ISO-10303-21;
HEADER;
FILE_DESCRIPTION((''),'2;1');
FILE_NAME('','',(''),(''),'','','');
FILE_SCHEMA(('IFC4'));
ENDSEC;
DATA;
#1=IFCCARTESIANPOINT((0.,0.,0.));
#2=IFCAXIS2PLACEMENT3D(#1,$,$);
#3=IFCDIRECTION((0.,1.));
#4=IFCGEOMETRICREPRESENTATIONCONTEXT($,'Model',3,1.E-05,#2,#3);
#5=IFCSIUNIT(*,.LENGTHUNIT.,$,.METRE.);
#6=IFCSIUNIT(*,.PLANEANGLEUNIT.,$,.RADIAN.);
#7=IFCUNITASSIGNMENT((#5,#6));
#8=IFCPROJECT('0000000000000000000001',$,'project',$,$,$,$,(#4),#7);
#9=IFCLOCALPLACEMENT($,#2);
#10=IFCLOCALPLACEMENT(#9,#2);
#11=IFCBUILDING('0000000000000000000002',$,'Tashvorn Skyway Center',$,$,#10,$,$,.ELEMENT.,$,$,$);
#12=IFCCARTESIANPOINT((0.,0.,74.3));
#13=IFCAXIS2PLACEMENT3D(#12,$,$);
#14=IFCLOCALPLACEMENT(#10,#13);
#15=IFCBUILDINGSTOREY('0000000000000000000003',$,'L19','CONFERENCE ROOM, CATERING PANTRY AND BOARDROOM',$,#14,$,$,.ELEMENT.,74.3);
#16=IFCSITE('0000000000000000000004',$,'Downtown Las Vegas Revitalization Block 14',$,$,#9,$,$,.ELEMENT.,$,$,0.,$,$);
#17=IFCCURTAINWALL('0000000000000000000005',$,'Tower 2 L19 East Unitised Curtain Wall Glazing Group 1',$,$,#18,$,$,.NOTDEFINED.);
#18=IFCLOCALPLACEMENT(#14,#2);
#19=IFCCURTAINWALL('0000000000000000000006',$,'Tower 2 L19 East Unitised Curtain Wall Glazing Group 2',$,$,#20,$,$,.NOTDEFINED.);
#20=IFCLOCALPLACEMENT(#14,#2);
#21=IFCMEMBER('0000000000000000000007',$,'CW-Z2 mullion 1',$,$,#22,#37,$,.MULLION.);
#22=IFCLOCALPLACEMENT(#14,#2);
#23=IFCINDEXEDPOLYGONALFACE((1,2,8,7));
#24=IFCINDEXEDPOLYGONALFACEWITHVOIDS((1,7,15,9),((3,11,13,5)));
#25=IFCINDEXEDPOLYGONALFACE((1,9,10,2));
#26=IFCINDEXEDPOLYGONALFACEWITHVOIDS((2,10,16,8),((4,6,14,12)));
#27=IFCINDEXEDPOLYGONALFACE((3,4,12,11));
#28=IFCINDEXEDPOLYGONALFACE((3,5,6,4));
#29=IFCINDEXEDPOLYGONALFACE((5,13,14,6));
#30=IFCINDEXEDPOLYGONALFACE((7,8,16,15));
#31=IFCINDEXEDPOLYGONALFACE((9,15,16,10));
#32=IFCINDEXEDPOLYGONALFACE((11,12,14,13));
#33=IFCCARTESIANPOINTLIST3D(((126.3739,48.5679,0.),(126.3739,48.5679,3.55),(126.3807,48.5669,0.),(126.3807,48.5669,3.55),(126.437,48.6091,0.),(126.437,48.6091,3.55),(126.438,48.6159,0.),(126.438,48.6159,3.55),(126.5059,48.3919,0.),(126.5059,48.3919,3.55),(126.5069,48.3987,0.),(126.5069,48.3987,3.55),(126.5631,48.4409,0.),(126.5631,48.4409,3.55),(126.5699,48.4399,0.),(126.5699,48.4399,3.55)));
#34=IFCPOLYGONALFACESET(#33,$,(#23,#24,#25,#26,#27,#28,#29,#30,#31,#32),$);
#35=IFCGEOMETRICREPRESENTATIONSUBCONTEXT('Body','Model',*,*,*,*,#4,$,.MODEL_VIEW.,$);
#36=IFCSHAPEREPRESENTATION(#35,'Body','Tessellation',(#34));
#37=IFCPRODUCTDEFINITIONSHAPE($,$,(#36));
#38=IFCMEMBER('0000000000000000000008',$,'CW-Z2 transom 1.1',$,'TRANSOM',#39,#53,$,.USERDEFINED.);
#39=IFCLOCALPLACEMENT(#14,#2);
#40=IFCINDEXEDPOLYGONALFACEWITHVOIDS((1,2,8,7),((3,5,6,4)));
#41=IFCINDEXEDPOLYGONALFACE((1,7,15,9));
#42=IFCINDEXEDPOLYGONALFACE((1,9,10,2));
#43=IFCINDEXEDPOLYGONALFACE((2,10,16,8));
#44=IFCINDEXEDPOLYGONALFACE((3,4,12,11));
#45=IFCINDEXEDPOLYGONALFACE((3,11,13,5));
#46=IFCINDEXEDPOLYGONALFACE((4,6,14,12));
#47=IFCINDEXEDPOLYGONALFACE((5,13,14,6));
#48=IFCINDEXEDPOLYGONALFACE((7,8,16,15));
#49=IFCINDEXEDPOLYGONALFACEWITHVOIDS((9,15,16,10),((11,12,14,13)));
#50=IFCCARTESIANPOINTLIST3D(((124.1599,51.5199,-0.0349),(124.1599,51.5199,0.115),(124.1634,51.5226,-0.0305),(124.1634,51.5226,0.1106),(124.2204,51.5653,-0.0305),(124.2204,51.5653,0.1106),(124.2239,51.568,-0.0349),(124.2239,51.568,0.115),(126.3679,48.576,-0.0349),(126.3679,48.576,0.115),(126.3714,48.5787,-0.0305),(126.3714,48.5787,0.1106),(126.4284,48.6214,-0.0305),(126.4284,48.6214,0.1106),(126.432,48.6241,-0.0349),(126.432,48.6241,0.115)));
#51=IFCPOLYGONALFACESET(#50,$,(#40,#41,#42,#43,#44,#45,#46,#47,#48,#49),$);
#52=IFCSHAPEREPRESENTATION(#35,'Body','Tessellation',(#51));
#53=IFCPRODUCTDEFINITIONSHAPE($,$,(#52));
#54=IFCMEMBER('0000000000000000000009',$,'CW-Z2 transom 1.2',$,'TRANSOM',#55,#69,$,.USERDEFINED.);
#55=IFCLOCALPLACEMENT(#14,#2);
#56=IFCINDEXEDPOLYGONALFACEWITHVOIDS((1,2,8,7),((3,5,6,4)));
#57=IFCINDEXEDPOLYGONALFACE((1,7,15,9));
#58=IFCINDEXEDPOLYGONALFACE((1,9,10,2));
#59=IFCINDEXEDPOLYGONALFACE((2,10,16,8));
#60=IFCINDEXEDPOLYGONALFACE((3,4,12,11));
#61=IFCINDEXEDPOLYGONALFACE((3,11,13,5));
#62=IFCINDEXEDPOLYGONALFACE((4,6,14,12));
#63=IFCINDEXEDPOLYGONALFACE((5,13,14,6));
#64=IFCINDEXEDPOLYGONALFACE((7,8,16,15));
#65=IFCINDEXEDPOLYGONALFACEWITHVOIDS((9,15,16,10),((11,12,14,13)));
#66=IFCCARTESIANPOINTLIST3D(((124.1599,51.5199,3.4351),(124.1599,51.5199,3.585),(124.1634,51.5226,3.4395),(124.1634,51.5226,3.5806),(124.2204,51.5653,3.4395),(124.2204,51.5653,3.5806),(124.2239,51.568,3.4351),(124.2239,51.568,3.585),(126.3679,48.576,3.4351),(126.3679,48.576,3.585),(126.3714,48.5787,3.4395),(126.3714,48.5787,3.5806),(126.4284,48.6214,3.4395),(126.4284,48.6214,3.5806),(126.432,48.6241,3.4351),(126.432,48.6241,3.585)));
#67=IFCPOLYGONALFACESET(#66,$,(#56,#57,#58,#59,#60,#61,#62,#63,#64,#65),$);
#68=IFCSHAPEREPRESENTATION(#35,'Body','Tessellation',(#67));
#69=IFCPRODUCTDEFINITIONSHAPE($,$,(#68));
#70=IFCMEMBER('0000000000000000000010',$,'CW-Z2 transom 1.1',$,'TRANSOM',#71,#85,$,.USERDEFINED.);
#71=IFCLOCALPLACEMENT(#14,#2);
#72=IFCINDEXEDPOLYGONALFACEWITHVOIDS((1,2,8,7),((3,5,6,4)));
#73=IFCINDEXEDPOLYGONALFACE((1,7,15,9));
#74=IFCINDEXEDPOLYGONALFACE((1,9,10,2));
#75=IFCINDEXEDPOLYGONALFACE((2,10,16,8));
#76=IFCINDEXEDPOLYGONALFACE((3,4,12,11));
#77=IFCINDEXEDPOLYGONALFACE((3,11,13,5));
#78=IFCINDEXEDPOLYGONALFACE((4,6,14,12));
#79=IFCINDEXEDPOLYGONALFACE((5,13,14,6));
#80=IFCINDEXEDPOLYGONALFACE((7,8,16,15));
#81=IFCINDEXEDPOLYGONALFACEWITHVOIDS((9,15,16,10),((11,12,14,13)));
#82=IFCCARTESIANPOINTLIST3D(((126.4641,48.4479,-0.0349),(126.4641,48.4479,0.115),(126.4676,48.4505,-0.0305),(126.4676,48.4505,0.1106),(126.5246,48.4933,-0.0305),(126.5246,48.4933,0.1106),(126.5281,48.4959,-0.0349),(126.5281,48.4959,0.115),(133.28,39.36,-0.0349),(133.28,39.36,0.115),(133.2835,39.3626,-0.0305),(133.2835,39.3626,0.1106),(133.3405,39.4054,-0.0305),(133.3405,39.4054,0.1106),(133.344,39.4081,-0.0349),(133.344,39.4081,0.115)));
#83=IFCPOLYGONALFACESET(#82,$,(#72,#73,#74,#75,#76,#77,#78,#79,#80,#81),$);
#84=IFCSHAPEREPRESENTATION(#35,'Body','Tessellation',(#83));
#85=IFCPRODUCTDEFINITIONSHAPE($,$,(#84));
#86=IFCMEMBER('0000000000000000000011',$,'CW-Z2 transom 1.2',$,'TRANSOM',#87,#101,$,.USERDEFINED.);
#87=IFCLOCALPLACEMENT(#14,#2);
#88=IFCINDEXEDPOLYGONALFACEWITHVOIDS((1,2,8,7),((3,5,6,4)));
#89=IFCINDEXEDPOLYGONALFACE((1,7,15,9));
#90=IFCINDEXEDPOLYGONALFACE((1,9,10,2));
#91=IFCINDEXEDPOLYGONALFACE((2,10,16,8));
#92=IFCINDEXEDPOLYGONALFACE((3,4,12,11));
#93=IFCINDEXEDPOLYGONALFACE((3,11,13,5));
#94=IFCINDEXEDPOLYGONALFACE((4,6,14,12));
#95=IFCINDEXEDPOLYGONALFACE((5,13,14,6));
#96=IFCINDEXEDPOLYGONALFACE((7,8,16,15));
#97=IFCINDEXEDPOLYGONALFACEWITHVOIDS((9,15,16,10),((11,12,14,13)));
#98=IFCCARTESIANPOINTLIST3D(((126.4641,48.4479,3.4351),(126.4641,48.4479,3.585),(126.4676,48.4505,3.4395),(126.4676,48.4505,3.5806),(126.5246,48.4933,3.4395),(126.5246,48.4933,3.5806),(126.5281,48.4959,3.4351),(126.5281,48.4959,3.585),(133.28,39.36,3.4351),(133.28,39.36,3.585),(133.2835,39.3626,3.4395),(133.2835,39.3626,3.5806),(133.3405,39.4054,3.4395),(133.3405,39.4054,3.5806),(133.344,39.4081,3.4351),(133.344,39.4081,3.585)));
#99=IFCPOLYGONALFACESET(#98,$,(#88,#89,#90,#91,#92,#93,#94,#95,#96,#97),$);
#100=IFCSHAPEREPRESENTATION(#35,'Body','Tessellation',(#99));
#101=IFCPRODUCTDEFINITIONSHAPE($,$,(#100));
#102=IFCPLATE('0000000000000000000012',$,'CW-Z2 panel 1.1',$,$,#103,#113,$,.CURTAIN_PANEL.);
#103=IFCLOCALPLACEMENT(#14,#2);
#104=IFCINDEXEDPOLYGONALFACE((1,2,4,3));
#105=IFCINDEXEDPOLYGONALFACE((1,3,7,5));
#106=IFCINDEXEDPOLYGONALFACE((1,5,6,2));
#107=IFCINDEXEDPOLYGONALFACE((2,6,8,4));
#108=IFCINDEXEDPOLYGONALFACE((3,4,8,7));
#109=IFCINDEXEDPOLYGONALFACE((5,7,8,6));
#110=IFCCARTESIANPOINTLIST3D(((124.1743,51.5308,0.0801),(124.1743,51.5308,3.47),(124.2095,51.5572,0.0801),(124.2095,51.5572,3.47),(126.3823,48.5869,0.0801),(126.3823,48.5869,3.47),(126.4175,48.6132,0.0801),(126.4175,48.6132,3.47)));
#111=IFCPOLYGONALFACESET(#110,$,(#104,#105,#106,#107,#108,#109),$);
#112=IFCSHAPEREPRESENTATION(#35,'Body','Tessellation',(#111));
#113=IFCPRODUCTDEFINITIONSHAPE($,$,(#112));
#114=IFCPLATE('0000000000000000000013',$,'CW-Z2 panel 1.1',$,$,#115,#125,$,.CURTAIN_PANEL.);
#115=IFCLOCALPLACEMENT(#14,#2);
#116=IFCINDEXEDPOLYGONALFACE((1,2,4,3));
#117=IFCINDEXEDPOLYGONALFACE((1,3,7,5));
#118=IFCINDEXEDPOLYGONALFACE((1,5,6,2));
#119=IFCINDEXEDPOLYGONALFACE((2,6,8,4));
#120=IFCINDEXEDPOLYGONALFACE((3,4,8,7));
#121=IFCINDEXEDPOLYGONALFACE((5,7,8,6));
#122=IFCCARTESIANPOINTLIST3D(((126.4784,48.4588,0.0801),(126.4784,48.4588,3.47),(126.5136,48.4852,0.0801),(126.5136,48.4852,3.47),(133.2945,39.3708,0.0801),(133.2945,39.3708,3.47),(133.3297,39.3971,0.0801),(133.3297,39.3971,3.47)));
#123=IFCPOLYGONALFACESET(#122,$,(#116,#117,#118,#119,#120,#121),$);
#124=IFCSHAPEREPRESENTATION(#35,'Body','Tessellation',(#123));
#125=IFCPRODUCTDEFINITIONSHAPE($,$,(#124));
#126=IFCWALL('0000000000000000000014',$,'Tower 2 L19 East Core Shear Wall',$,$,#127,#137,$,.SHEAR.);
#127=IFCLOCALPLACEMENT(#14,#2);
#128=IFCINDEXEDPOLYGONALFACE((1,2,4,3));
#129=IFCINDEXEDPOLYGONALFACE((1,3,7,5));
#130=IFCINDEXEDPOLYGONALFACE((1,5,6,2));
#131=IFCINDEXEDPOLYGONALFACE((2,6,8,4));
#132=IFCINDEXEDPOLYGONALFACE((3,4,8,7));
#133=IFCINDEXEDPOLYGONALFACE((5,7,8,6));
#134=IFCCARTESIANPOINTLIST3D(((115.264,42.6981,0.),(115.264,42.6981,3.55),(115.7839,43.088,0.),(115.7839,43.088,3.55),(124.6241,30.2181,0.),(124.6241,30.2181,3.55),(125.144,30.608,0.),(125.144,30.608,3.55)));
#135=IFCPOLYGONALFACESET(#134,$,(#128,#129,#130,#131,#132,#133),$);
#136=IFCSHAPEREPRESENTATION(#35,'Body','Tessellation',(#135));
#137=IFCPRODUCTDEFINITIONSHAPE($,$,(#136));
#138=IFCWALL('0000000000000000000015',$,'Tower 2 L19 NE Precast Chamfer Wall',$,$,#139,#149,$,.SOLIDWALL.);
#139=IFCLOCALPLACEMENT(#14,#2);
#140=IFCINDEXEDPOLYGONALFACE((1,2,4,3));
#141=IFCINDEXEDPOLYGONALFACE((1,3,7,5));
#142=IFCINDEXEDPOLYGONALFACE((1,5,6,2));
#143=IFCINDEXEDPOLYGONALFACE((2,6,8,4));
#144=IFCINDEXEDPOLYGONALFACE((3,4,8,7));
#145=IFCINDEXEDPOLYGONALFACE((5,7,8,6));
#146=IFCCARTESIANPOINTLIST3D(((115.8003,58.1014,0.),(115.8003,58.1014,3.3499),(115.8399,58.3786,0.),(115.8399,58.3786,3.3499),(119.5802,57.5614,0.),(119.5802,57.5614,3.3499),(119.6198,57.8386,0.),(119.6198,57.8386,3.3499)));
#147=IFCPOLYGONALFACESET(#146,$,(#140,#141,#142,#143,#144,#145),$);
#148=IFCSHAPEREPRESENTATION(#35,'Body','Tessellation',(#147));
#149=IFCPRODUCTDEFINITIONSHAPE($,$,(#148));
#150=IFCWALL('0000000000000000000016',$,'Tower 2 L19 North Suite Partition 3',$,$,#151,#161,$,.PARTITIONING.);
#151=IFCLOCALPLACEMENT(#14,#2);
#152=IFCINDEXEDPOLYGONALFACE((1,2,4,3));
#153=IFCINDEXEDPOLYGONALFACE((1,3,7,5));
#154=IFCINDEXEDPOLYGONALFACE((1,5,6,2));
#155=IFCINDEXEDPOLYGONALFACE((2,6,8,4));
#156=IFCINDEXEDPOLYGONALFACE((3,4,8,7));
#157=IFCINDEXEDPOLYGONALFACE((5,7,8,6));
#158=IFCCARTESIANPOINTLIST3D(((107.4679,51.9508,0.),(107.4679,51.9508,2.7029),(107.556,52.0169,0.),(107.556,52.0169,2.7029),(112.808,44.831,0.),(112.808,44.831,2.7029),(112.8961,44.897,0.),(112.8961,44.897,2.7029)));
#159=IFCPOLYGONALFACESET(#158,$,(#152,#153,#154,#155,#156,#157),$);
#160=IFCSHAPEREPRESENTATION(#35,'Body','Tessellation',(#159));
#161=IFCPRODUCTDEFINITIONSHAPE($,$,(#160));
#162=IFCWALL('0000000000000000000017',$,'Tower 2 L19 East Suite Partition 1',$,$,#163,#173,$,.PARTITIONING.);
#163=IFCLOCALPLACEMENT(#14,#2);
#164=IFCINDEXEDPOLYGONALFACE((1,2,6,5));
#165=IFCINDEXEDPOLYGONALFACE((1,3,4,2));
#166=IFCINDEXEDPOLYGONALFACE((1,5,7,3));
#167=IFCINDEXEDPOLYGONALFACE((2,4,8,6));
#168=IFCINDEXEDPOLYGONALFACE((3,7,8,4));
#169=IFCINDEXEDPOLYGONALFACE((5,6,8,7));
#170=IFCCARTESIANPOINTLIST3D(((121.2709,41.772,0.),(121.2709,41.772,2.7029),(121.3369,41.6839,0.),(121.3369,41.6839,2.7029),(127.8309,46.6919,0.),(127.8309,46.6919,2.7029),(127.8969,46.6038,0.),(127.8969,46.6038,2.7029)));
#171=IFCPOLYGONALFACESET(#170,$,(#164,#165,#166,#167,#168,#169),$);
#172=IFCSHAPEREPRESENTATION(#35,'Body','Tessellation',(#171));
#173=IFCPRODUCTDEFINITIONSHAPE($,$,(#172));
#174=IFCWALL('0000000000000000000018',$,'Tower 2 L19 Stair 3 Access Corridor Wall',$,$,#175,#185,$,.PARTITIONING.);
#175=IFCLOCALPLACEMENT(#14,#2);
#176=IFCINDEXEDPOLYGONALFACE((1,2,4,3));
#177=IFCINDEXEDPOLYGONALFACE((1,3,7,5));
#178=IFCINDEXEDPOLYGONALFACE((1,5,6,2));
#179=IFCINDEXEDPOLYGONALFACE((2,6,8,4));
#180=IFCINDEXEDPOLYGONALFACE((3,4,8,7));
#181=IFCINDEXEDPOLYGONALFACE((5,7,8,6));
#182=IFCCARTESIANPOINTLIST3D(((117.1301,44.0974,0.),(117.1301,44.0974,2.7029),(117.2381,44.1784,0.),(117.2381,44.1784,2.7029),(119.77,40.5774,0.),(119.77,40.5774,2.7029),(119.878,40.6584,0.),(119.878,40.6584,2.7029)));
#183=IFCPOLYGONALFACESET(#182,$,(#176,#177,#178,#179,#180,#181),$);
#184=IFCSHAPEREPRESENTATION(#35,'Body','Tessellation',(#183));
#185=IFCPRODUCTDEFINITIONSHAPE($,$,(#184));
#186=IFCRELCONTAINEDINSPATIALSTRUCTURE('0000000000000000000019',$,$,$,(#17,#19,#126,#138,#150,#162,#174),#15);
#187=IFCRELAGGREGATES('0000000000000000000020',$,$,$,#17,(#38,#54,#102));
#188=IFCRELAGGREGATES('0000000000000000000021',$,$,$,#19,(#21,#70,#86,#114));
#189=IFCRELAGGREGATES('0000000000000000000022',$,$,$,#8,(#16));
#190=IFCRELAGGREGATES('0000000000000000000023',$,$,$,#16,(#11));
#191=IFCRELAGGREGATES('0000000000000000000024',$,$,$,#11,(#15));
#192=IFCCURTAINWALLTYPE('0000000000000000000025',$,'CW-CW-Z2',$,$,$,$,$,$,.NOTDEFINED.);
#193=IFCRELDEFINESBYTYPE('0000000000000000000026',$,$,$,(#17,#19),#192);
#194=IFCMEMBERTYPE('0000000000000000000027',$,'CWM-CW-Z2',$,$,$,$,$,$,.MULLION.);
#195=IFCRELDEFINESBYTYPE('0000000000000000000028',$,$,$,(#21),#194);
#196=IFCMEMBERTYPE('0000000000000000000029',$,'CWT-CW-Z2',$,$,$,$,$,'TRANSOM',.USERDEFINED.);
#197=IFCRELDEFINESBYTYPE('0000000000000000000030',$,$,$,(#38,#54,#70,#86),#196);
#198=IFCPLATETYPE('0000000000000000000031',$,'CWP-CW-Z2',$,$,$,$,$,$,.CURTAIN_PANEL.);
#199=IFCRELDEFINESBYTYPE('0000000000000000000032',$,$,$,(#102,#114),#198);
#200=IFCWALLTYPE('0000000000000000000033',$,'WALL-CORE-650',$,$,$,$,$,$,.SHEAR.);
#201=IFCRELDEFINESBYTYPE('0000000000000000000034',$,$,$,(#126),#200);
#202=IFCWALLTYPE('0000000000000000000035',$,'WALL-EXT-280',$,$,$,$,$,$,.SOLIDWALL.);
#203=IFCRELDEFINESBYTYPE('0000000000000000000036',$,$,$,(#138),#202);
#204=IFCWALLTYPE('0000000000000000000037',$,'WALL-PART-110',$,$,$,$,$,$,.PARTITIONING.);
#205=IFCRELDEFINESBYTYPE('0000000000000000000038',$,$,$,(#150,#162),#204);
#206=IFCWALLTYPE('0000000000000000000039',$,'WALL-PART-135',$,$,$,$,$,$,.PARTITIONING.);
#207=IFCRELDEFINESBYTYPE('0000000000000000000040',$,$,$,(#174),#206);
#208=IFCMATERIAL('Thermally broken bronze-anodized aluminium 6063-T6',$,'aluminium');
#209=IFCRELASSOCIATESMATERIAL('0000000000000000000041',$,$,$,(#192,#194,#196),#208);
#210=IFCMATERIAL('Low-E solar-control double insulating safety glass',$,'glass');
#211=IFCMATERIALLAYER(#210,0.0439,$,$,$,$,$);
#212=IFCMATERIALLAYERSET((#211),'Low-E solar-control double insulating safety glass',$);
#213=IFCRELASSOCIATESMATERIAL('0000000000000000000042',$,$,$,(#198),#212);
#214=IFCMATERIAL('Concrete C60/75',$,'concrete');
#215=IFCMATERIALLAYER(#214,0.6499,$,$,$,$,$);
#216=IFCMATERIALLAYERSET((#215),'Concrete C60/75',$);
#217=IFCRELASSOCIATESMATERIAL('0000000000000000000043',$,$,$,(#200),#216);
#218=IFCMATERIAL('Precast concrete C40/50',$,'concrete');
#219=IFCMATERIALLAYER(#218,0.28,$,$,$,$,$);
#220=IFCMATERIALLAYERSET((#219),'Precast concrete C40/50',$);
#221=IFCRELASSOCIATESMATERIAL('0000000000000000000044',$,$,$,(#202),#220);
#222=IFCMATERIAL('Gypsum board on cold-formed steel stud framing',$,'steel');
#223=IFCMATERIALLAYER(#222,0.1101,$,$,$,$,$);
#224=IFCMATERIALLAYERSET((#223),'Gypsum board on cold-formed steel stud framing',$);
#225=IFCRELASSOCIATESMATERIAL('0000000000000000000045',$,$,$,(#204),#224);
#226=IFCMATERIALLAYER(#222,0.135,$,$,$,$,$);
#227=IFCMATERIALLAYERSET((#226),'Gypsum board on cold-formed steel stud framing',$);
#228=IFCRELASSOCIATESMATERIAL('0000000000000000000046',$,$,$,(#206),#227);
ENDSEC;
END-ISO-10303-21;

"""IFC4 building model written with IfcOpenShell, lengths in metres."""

from ifc_helpers import new_model, si_unit, direction, frame, frame_2d, origin, origin_2d, place, context, subcontext, project, spatial, rectangle, hollow_rectangle, extrude, material, layer, layer_set, material_profile, profile_set, type_object, element, aggregate, save


model = new_model("IFC4")

# Units and contexts
model_context = context("Model", 3, precision=1e-05, world=origin(), true_north=direction((0.0, 1.0)))
body_context = subcontext(model_context, "Body", "Model", "MODEL_VIEW")
ifc_project = project(units=[si_unit("LENGTHUNIT", "METRE"), si_unit("PLANEANGLEUNIT", "RADIAN")], contexts=[model_context])

# Site, building, storey
site_placement = place(None, origin())
site = spatial("IfcSite", under=ifc_project, at=site_placement, Name="Downtown Las Vegas Revitalization Block 14", CompositionType="ELEMENT", RefElevation=0.0)
building_placement = place(site_placement, origin())
building = spatial("IfcBuilding", under=site, at=building_placement, Name="Tashvorn Skyway Center", CompositionType="ELEMENT")
storey_placement = place(building_placement, frame((0.0, 0.0, 74.3)))
storey = spatial("IfcBuildingStorey", under=building, at=storey_placement, Name="L19", Description="CONFERENCE ROOM, CATERING PANTRY AND BOARDROOM", CompositionType="ELEMENT", Elevation=74.3)

# Curtain wall
ifc_material_1 = material(Name="Thermally broken bronze-anodized aluminium 6063-T6", Category="aluminium")
curtain_wall_type = type_object("IfcCurtainWallType", Name="CW-CW-Z2", PredefinedType="NOTDEFINED", material=ifc_material_1)
curtain_wall_1_placement = place(storey_placement, origin())
curtain_wall_1 = element("IfcCurtainWall", 1, at=curtain_wall_1_placement, inside=storey, type_object=curtain_wall_type, Name="Tower 2 L19 East Unitised Curtain Wall Glazing Group 1", PredefinedType="NOTDEFINED")
ifc_material_profile_1 = material_profile(ifc_material_1, hollow_rectangle(XDim=0.0801, YDim=0.22, WallThickness=0.0049, at=origin_2d()), Name="ALU-MULL-80x220")
ifc_profile_set_1 = profile_set([ifc_material_profile_1], Name="Thermally broken bronze-anodized aluminium 6063-T6")
member_type_1 = type_object("IfcMemberType", Name="CWM-CW-Z2", PredefinedType="MULLION", material=ifc_profile_set_1)

# Curtain wall, member
curtain_wall_2_placement = place(storey_placement, origin())
curtain_wall_2 = element("IfcCurtainWall", 2, at=curtain_wall_2_placement, inside=storey, type_object=curtain_wall_type, Name="Tower 2 L19 East Unitised Curtain Wall Glazing Group 2", PredefinedType="NOTDEFINED")
member_1_placement = place(storey_placement, frame((126.4719, 48.5039, 0.0), z_axis=(0.0, 0.0, 1.0), x_axis=(0.8, 0.6, 0.0)))
member_1 = element("IfcMember", 3, at=member_1_placement, type_object=member_type_1, Name="CW-Z2 mullion 1", PredefinedType="MULLION", context=body_context, shape_type="SweptSolid", body=[
    extrude(hollow_rectangle(XDim=0.0801, YDim=0.22, WallThickness=0.0049, at=origin_2d()), origin(), (0.0, 0.0, 1.0), 3.55),
])

# Members
ifc_material_profile_2 = material_profile(ifc_material_1, hollow_rectangle(XDim=0.0801, YDim=0.1499, WallThickness=0.0044, at=origin_2d()), Name="ALU-TRAN-80x150")
ifc_profile_set_2 = profile_set([ifc_material_profile_2], Name="Thermally broken bronze-anodized aluminium 6063-T6")
member_type_2 = type_object("IfcMemberType", Name="CWT-CW-Z2", ElementType="TRANSOM", PredefinedType="USERDEFINED", material=ifc_profile_set_2)
member_2_placement = place(storey_placement, frame((124.1919, 51.5439, 0.04), z_axis=(0.600021, -0.799984, 0.0), x_axis=(0.799984, 0.600021, 0.0)))
member_2 = element("IfcMember", 4, at=member_2_placement, type_object=member_type_2, Name="CW-Z2 transom 1.1", ObjectType="TRANSOM", PredefinedType="USERDEFINED", context=body_context, shape_type="SweptSolid", body=[
    extrude(hollow_rectangle(XDim=0.0801, YDim=0.1499, WallThickness=0.0044, at=origin_2d()), origin(), (0.0, 0.0, 1.0), 3.6799),
])
member_3_placement = place(storey_placement, frame((124.1919, 51.5439, 3.51), z_axis=(0.600021, -0.799984, 0.0), x_axis=(0.799984, 0.600021, 0.0)))
member_3 = element("IfcMember", 5, at=member_3_placement, type_object=member_type_2, Name="CW-Z2 transom 1.2", ObjectType="TRANSOM", PredefinedType="USERDEFINED", context=body_context, shape_type="SweptSolid", body=[
    extrude(hollow_rectangle(XDim=0.0801, YDim=0.1499, WallThickness=0.0044, at=origin_2d()), origin(), (0.0, 0.0, 1.0), 3.6799),
])
member_4_placement = place(storey_placement, frame((126.4961, 48.4719, 0.04), z_axis=(0.6, -0.8, 0.0), x_axis=(0.8, 0.6, 0.0)))
member_4 = element("IfcMember", 6, at=member_4_placement, type_object=member_type_2, Name="CW-Z2 transom 1.1", ObjectType="TRANSOM", PredefinedType="USERDEFINED", context=body_context, shape_type="SweptSolid", body=[
    extrude(hollow_rectangle(XDim=0.0801, YDim=0.1499, WallThickness=0.0044, at=origin_2d()), origin(), (0.0, 0.0, 1.0), 11.3599),
])
member_5_placement = place(storey_placement, frame((126.4961, 48.4719, 3.51), z_axis=(0.6, -0.8, 0.0), x_axis=(0.8, 0.6, 0.0)))
member_5 = element("IfcMember", 7, at=member_5_placement, type_object=member_type_2, Name="CW-Z2 transom 1.2", ObjectType="TRANSOM", PredefinedType="USERDEFINED", context=body_context, shape_type="SweptSolid", body=[
    extrude(hollow_rectangle(XDim=0.0801, YDim=0.1499, WallThickness=0.0044, at=origin_2d()), origin(), (0.0, 0.0, 1.0), 11.3599),
])

# Plates
ifc_material_2 = material(Name="Low-E solar-control double insulating safety glass", Category="glass")
ifc_layer_1 = layer(ifc_material_2, 0.0439)
ifc_layer_set_1 = layer_set([ifc_layer_1], Name="Low-E solar-control double insulating safety glass")
plate_type = type_object("IfcPlateType", Name="CWP-CW-Z2", PredefinedType="CURTAIN_PANEL", material=ifc_layer_set_1)
plate_1_placement = place(storey_placement, frame((125.2959, 50.072, 0.0801), z_axis=(0.0, 0.0, 1.0), x_axis=(0.6, -0.8, 0.0)))
plate_1 = element("IfcPlate", 8, at=plate_1_placement, type_object=plate_type, Name="CW-Z2 panel 1.1", PredefinedType="CURTAIN_PANEL", context=body_context, shape_type="SweptSolid", body=[
    extrude(rectangle(XDim=3.6799, YDim=0.0439, at=origin_2d()), origin(), (0.0, 0.0, 1.0), 3.3899),
])
aggregate(curtain_wall_1, [member_2, member_3, plate_1])
plate_2_placement = place(storey_placement, frame((129.9041, 43.928, 0.0801), z_axis=(0.0, 0.0, 1.0), x_axis=(0.6, -0.8, 0.0)))
plate_2 = element("IfcPlate", 9, at=plate_2_placement, type_object=plate_type, Name="CW-Z2 panel 1.1", PredefinedType="CURTAIN_PANEL", context=body_context, shape_type="SweptSolid", body=[
    extrude(rectangle(XDim=11.3601, YDim=0.0439, at=origin_2d()), origin(), (0.0, 0.0, 1.0), 3.3899),
])
aggregate(curtain_wall_2, [member_1, member_4, member_5, plate_2])

# Walls
ifc_material_3 = material(Name="Concrete C60/75", Category="concrete")
ifc_layer_2 = layer(ifc_material_3, 0.6499)
ifc_layer_set_2 = layer_set([ifc_layer_2], Name="Concrete C60/75")
wall_type_1 = type_object("IfcWallType", Name="WALL-CORE-650", PredefinedType="SHEAR", material=ifc_layer_set_2)
wall_1_placement = place(storey_placement, frame((115.5239, 42.8931, 0.0), z_axis=(0.0, 0.0, 1.0), x_axis=(0.600005, -0.799996, 0.0)))
element("IfcWall", 10, at=wall_1_placement, inside=storey, type_object=wall_type_1, Name="Tower 2 L19 East Core Shear Wall", PredefinedType="SHEAR", context=body_context, shape_type="SweptSolid", body=[
    extrude(rectangle(XDim=15.6001, YDim=0.6499, at=frame_2d((7.8, 0.0))), origin(), (0.0, 0.0, 1.0), 3.55),
])
ifc_material_4 = material(Name="Precast concrete C40/50", Category="concrete")
ifc_layer_3 = layer(ifc_material_4, 0.28)
ifc_layer_set_3 = layer_set([ifc_layer_3], Name="Precast concrete C40/50")
wall_type_2 = type_object("IfcWallType", Name="WALL-EXT-280", PredefinedType="SOLIDWALL", material=ifc_layer_set_3)
wall_2_placement = place(storey_placement, frame((115.8201, 58.24, 0.0), z_axis=(0.0, 0.0, 1.0), x_axis=(0.989948, -0.14143, 0.0)))
element("IfcWall", 11, at=wall_2_placement, inside=storey, type_object=wall_type_2, Name="Tower 2 L19 NE Precast Chamfer Wall", PredefinedType="SOLIDWALL", context=body_context, shape_type="SweptSolid", body=[
    extrude(rectangle(XDim=3.8184, YDim=0.28, at=frame_2d((1.9092, 0.0))), origin(), (0.0, 0.0, 1.0), 3.3499),
])
ifc_material_5 = material(Name="Gypsum board on cold-formed steel stud framing", Category="steel")
ifc_layer_4 = layer(ifc_material_5, 0.1101)
ifc_layer_set_4 = layer_set([ifc_layer_4], Name="Gypsum board on cold-formed steel stud framing")
wall_type_3 = type_object("IfcWallType", Name="WALL-PART-110", PredefinedType="PARTITIONING", material=ifc_layer_set_4)
wall_3_placement = place(storey_placement, frame((112.8521, 44.864, 0.0), z_axis=(0.0, 0.0, 1.0), x_axis=(-0.600013, 0.79999, 0.0)))
element("IfcWall", 12, at=wall_3_placement, inside=storey, type_object=wall_type_3, Name="Tower 2 L19 North Suite Partition 3", PredefinedType="PARTITIONING", context=body_context, shape_type="SweptSolid", body=[
    extrude(rectangle(XDim=8.8999, YDim=0.1101, at=frame_2d((4.45, 0.0))), origin(), (0.0, 0.0, 1.0), 2.7029),
])
wall_4_placement = place(storey_placement, frame((127.864, 46.6479, 0.0), z_axis=(0.0, 0.0, 1.0), x_axis=(-0.800007, -0.59999, 0.0)))
element("IfcWall", 13, at=wall_4_placement, inside=storey, type_object=wall_type_3, Name="Tower 2 L19 East Suite Partition 1", PredefinedType="PARTITIONING", context=body_context, shape_type="SweptSolid", body=[
    extrude(rectangle(XDim=8.2, YDim=0.1101, at=frame_2d((4.1001, 0.0))), origin(), (0.0, 0.0, 1.0), 2.7029),
])
ifc_layer_5 = layer(ifc_material_5, 0.135)
ifc_layer_set_5 = layer_set([ifc_layer_5], Name="Gypsum board on cold-formed steel stud framing")
wall_type_4 = type_object("IfcWallType", Name="WALL-PART-135", PredefinedType="PARTITIONING", material=ifc_layer_set_5)
wall_5_placement = place(storey_placement, frame((119.824, 40.6179, 0.0), z_axis=(0.0, 0.0, 1.0), x_axis=(-0.599982, 0.800013, 0.0)))
element("IfcWall", 14, at=wall_5_placement, inside=storey, type_object=wall_type_4, Name="Tower 2 L19 Stair 3 Access Corridor Wall", PredefinedType="PARTITIONING", context=body_context, shape_type="SweptSolid", body=[
    extrude(rectangle(XDim=4.3999, YDim=0.135, at=frame_2d((2.2, 0.0))), origin(), (0.0, 0.0, 1.0), 2.7029),
])

save(model, "model.ifc")
